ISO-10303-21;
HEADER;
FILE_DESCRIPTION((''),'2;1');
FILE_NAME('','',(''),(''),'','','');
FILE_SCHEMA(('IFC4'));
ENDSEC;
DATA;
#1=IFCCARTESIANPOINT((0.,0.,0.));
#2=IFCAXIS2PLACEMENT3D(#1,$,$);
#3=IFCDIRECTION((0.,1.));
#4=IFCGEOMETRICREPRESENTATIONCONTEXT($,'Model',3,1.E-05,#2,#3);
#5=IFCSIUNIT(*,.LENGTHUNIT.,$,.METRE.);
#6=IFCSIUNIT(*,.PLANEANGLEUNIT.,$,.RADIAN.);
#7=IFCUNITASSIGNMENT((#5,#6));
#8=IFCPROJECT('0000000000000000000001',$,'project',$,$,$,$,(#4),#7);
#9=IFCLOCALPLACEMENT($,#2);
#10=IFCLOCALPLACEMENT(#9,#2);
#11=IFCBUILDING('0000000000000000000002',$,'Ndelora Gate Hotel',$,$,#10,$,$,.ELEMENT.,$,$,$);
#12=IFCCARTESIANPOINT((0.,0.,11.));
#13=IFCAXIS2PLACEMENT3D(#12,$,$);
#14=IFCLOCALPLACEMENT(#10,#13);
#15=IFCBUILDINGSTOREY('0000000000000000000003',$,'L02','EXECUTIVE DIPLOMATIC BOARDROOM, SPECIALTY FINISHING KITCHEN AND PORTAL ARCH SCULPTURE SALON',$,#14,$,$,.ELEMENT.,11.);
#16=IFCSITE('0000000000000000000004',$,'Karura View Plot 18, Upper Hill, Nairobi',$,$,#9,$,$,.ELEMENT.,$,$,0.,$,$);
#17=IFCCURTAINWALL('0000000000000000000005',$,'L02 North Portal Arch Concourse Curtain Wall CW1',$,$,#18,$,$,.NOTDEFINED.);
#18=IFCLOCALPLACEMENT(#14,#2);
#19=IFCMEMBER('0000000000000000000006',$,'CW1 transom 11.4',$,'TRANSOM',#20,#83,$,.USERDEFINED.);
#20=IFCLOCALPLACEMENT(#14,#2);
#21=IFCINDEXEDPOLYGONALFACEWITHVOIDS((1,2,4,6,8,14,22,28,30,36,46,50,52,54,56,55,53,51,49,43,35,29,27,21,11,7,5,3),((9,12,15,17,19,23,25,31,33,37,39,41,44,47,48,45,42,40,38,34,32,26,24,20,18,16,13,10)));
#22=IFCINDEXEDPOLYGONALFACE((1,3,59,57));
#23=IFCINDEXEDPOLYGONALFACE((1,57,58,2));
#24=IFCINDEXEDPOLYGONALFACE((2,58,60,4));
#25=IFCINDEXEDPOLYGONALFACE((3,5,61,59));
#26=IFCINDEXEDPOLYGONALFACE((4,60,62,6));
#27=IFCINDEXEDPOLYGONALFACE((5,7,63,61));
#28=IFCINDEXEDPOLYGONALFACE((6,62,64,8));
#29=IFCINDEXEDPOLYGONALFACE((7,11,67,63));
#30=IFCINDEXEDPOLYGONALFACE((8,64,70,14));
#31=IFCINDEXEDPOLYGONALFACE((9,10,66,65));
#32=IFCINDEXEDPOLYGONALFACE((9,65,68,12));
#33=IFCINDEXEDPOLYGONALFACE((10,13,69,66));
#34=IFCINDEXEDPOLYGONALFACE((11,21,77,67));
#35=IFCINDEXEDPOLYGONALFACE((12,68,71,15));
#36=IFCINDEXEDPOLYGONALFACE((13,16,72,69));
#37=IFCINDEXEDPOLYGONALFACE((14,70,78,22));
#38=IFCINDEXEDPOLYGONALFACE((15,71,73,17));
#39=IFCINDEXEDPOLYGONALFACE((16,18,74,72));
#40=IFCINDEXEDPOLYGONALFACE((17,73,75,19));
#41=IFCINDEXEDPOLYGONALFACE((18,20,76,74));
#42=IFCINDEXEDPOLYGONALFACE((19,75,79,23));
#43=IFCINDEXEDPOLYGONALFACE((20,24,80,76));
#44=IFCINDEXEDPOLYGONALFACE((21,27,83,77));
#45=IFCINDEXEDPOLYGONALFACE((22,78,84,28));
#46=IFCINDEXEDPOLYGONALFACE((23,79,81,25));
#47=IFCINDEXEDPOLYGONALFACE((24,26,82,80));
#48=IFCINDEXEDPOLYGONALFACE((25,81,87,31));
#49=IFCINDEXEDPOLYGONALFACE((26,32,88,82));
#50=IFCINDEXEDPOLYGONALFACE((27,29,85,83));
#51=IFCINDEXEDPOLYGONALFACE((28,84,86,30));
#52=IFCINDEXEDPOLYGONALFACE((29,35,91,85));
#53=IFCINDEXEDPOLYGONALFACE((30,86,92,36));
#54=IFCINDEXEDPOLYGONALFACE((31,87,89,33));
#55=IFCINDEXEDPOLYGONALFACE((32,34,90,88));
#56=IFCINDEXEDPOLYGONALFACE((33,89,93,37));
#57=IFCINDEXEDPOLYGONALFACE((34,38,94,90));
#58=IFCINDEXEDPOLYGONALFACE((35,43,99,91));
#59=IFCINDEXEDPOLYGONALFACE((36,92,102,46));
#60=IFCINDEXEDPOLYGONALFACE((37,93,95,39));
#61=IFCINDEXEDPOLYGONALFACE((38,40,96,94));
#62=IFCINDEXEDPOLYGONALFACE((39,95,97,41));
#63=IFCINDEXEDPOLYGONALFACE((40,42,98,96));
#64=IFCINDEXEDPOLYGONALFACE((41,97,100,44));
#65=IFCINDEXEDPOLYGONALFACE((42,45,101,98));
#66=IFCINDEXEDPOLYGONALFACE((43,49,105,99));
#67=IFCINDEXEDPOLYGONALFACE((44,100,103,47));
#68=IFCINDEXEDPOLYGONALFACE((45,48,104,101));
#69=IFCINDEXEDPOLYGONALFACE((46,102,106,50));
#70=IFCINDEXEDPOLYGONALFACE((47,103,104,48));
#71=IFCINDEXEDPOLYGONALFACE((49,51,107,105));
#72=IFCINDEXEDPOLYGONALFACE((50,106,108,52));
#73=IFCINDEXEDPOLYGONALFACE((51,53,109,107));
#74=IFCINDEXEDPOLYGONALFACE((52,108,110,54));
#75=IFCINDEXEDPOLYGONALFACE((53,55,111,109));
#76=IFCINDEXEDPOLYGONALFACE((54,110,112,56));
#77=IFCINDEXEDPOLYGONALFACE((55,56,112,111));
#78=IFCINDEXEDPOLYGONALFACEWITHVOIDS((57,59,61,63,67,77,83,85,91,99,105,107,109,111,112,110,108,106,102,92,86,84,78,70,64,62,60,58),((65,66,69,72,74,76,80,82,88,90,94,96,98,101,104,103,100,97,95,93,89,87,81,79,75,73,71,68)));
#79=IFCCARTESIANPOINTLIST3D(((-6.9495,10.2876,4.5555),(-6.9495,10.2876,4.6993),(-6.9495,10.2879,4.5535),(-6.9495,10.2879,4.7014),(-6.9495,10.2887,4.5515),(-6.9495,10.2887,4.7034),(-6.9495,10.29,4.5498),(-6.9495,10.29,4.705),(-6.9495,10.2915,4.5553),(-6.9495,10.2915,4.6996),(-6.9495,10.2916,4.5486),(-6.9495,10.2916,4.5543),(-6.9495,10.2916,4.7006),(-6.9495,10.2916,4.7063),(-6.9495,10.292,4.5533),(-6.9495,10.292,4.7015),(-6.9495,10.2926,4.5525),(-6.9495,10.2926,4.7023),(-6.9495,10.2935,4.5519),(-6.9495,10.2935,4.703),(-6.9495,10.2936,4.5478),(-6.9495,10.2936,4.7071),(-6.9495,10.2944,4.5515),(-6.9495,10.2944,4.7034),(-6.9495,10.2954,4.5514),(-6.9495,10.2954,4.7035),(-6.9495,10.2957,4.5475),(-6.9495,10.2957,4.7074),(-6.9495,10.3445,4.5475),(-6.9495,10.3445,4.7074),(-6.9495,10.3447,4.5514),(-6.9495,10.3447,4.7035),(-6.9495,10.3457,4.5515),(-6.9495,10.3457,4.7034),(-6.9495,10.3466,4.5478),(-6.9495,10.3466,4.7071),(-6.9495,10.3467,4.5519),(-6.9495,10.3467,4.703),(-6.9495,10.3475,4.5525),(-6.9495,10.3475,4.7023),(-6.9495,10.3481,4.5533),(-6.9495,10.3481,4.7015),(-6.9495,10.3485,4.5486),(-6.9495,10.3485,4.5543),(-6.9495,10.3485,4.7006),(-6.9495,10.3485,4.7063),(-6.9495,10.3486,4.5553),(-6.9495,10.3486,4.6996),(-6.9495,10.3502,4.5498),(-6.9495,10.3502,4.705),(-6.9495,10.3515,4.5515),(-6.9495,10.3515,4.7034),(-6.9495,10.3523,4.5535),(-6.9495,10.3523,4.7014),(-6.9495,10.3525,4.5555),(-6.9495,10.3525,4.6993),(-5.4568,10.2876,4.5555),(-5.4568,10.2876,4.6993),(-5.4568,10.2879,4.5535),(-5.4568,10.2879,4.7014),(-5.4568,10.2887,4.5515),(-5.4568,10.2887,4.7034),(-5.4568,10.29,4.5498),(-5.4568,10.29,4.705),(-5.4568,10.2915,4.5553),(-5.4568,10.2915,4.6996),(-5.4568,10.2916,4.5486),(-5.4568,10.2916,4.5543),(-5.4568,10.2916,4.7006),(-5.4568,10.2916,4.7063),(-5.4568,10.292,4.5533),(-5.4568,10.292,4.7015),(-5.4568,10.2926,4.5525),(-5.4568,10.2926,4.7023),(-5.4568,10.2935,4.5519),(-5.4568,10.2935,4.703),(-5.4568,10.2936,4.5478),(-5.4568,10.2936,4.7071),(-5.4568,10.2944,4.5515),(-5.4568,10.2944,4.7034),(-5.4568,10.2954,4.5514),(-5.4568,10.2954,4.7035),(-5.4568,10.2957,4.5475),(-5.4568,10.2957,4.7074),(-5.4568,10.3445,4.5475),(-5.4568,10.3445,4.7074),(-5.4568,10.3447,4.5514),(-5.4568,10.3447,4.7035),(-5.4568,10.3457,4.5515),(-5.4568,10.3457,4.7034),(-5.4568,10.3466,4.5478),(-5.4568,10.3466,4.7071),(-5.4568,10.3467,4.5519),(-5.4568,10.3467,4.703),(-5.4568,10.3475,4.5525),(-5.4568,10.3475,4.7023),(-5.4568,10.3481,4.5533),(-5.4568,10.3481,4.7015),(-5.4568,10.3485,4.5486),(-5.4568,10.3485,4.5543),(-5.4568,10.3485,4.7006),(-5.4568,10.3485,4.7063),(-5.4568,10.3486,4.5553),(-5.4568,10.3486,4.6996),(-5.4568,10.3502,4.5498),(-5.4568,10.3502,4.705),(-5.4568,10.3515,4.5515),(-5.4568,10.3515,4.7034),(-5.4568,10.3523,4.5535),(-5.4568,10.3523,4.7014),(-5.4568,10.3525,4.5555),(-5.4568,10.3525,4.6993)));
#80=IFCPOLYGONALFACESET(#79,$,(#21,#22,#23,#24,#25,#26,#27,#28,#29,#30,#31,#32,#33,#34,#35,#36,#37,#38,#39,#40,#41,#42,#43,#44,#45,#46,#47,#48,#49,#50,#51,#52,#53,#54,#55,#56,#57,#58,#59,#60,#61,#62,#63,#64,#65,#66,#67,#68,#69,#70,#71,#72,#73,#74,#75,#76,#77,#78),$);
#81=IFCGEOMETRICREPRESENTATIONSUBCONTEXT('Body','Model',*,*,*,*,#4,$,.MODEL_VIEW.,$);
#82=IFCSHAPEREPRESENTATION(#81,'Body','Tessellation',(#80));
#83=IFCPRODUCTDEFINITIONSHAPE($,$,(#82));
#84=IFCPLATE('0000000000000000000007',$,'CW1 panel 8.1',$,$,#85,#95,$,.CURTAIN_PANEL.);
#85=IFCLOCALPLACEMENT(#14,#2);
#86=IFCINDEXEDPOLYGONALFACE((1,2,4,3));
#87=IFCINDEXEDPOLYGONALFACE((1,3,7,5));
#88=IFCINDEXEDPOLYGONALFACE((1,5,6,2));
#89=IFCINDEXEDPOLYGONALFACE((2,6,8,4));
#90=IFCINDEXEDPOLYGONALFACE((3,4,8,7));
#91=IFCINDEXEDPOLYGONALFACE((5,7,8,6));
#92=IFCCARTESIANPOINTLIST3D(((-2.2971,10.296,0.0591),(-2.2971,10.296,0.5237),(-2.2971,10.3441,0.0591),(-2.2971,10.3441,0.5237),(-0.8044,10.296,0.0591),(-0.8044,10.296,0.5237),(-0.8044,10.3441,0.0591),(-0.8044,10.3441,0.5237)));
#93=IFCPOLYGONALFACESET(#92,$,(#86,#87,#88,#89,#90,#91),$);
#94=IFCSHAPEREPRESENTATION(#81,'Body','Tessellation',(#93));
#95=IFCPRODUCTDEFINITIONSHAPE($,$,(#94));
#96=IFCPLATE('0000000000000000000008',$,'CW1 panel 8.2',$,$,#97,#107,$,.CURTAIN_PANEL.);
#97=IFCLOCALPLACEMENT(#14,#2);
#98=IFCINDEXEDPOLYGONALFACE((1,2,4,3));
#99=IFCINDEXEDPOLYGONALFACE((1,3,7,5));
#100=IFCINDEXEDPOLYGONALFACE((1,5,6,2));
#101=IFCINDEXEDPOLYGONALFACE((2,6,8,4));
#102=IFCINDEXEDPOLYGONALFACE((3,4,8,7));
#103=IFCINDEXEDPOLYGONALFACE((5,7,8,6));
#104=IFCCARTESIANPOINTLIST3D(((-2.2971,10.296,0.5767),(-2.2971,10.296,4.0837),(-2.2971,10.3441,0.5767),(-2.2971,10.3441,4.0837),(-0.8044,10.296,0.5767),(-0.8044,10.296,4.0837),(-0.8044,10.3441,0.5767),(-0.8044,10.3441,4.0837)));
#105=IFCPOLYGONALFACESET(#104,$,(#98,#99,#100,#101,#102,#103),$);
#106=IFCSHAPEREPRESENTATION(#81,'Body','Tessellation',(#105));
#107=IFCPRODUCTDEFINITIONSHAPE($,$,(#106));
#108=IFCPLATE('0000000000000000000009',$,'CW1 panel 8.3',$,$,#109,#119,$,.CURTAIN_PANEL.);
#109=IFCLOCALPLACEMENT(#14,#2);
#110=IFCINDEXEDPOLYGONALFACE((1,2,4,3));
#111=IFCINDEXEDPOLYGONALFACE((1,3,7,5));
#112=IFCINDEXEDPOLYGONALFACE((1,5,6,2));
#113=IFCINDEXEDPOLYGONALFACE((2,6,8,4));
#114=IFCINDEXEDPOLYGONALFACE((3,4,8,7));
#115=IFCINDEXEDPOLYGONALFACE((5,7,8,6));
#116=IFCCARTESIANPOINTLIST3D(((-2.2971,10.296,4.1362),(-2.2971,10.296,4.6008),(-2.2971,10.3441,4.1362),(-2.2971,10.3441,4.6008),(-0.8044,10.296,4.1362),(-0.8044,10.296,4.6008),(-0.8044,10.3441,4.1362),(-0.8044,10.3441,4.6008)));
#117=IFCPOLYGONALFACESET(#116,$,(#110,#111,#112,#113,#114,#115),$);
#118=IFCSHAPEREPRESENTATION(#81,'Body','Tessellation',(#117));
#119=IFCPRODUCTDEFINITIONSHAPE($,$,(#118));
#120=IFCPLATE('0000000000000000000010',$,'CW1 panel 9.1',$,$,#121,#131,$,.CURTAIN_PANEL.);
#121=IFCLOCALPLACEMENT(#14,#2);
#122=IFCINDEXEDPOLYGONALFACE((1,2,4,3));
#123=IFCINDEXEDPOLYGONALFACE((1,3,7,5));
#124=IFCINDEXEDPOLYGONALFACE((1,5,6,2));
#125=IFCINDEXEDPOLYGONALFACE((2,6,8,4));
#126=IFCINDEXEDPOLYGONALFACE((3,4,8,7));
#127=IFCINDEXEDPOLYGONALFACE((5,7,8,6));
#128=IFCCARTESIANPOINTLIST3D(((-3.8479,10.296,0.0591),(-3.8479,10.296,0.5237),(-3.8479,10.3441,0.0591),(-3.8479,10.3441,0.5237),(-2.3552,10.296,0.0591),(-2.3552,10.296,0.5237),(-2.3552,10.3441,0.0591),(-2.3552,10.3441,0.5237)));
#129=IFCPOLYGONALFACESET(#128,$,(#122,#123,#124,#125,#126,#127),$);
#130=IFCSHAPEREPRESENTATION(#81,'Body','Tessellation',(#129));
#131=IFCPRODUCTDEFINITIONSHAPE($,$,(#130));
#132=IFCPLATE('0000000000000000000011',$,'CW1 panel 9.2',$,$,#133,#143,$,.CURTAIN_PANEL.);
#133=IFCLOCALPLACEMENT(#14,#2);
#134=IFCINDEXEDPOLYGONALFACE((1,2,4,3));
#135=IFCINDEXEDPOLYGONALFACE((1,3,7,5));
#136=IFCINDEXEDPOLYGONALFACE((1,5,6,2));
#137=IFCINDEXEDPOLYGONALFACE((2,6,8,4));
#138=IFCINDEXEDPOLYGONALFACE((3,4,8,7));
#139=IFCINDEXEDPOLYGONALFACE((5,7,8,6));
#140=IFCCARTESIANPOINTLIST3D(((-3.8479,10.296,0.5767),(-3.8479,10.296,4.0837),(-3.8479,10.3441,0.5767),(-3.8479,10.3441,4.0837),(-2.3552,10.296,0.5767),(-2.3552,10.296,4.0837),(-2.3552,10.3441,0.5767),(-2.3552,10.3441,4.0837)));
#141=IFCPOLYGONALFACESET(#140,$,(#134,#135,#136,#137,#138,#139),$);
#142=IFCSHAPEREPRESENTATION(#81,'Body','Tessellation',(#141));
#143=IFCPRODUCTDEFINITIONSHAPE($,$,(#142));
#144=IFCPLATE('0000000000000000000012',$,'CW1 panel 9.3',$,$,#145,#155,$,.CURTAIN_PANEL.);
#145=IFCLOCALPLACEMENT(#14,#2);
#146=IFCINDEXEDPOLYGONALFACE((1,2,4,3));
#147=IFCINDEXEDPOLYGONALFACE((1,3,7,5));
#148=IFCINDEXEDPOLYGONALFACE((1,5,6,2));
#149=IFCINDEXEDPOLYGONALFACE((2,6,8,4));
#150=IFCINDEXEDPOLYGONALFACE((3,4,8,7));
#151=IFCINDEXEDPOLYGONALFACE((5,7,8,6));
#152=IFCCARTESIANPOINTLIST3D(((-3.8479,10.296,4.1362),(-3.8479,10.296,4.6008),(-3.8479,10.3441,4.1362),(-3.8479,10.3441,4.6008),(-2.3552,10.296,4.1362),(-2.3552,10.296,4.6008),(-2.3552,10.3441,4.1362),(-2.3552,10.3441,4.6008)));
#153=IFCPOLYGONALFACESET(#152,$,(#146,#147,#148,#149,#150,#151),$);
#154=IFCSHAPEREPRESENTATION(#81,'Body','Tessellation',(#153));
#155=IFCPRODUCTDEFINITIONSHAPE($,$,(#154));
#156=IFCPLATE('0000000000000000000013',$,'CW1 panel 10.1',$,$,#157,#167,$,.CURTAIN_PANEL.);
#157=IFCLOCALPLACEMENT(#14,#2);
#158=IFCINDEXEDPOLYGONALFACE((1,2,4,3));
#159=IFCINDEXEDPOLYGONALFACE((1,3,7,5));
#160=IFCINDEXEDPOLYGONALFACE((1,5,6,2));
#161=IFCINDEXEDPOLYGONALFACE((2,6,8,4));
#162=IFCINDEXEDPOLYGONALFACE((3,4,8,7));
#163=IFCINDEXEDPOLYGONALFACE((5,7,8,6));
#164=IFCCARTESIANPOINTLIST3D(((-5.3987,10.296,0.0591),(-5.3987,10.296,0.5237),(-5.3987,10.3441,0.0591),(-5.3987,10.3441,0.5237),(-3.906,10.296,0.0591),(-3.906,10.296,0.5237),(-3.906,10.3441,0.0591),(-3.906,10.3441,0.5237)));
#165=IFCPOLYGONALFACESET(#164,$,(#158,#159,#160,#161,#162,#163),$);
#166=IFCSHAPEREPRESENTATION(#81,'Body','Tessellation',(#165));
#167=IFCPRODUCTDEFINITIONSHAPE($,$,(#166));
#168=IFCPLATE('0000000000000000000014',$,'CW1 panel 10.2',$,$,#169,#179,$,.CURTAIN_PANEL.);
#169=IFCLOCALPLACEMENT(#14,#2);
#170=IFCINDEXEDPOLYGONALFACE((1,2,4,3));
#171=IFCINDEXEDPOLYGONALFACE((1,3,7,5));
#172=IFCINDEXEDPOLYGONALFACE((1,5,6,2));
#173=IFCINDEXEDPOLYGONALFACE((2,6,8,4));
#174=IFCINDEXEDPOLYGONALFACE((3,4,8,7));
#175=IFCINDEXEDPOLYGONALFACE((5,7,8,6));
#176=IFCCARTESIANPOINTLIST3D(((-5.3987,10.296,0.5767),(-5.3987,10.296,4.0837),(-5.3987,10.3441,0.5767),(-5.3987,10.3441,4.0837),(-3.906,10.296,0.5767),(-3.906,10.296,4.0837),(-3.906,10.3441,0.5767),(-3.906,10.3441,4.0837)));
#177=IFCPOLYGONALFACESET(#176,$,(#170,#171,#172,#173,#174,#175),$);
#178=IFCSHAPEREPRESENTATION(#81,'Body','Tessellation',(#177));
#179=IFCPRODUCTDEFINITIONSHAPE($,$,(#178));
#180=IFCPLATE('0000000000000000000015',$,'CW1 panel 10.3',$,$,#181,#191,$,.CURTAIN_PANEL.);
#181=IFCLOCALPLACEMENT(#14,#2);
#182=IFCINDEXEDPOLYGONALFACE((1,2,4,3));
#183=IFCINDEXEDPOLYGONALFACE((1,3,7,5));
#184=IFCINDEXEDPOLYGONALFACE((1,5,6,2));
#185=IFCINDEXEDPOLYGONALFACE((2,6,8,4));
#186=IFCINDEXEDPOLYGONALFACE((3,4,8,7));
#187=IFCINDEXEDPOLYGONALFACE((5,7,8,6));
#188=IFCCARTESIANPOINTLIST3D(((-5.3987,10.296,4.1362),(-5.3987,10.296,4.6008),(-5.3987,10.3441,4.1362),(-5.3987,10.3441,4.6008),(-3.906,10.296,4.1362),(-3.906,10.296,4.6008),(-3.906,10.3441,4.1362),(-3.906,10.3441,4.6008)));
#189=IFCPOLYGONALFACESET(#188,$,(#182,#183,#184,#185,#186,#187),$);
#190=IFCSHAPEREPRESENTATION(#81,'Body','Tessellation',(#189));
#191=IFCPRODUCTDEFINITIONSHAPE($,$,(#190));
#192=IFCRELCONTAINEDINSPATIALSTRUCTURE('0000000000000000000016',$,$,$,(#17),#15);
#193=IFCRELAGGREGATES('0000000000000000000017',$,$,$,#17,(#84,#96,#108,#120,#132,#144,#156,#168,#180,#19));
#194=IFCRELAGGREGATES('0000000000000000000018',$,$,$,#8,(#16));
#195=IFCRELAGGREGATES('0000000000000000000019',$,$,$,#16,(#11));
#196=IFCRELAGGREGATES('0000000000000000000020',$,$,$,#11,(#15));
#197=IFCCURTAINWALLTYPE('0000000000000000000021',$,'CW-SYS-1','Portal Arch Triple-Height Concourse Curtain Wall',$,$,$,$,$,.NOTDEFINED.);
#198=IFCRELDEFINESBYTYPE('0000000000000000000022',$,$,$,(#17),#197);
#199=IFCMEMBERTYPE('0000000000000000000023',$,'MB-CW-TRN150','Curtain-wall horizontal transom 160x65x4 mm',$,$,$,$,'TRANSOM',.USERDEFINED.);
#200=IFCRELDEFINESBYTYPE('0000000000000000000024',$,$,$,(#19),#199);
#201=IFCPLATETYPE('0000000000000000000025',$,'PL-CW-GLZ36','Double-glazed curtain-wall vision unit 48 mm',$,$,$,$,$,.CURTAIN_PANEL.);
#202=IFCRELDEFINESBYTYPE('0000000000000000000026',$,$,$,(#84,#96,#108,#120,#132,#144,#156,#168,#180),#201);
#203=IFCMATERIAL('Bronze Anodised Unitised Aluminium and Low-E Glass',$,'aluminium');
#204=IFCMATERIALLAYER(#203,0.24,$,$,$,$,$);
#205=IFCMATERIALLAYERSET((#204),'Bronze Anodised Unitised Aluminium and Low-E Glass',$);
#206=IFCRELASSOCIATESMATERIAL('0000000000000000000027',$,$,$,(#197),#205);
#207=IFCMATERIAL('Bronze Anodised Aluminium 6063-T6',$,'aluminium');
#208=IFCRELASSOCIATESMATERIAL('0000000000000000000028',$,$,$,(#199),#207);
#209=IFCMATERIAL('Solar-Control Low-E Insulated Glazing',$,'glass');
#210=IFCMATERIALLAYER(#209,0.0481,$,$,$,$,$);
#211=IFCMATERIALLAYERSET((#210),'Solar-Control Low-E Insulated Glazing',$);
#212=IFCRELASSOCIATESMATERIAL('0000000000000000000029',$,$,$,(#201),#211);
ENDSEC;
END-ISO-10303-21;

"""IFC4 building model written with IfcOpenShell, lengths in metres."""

from ifc_helpers import new_model, si_unit, direction, frame, origin, origin_2d, place, context, subcontext, project, spatial, rectangle, hollow_rectangle, extrude, material, layer, layer_set, material_profile, profile_set, type_object, element, aggregate, save


model = new_model("IFC4")

# Units and contexts
model_context = context("Model", 3, precision=1e-05, world=origin(), true_north=direction((0.0, 1.0)))
body_context = subcontext(model_context, "Body", "Model", "MODEL_VIEW")
ifc_project = project(units=[si_unit("LENGTHUNIT", "METRE"), si_unit("PLANEANGLEUNIT", "RADIAN")], contexts=[model_context])

# Site, building, storey
site_placement = place(None, origin())
site = spatial("IfcSite", under=ifc_project, at=site_placement, Name="Karura View Plot 18, Upper Hill, Nairobi", CompositionType="ELEMENT", RefElevation=0.0)
building_placement = place(site_placement, origin())
building = spatial("IfcBuilding", under=site, at=building_placement, Name="Ndelora Gate Hotel", CompositionType="ELEMENT")
storey_placement = place(building_placement, frame((0.0, 0.0, 11.0)))
storey = spatial("IfcBuildingStorey", under=building, at=storey_placement, Name="L02", Description="EXECUTIVE DIPLOMATIC BOARDROOM, SPECIALTY FINISHING KITCHEN AND PORTAL ARCH SCULPTURE SALON", CompositionType="ELEMENT", Elevation=11.0)

# Curtain wall, member, plates
ifc_material_1 = material(Name="Bronze Anodised Unitised Aluminium and Low-E Glass", Category="aluminium")
ifc_layer_1 = layer(ifc_material_1, 0.24)
ifc_layer_set_1 = layer_set([ifc_layer_1], Name="Bronze Anodised Unitised Aluminium and Low-E Glass")
curtain_wall_type = type_object("IfcCurtainWallType", Name="CW-SYS-1", Description="Portal Arch Triple-Height Concourse Curtain Wall", PredefinedType="NOTDEFINED", material=ifc_layer_set_1)
curtain_wall_placement = place(storey_placement, origin())
curtain_wall = element("IfcCurtainWall", 1, at=curtain_wall_placement, inside=storey, type_object=curtain_wall_type, Name="L02 North Portal Arch Concourse Curtain Wall CW1", PredefinedType="NOTDEFINED")
ifc_material_2 = material(Name="Bronze Anodised Aluminium 6063-T6", Category="aluminium")
ifc_material_profile_1 = material_profile(ifc_material_2, hollow_rectangle(XDim=0.0649, YDim=0.1599, WallThickness=0.0039, InnerFilletRadius=0.0039, OuterFilletRadius=0.0081, at=origin_2d()), Name="ALU 160x65x4")
ifc_profile_set_1 = profile_set([ifc_material_profile_1], Name="Bronze Anodised Aluminium 6063-T6")
member_type_1 = type_object("IfcMemberType", Name="MB-CW-TRN150", Description="Curtain-wall horizontal transom 160x65x4 mm", ElementType="TRANSOM", PredefinedType="USERDEFINED", material=ifc_profile_set_1)
member_1_placement = place(storey_placement, frame((-5.4568, 10.3201, 4.6274), z_axis=(-1.0, 0.0, 0.0), x_axis=(0.0, -1.0, 0.0)))
member_1 = element("IfcMember", 2, at=member_1_placement, type_object=member_type_1, Name="CW1 transom 11.4", ObjectType="TRANSOM", PredefinedType="USERDEFINED", context=body_context, shape_type="SweptSolid", body=[
    extrude(hollow_rectangle(XDim=0.0649, YDim=0.1599, WallThickness=0.0039, InnerFilletRadius=0.0039, OuterFilletRadius=0.0081, at=origin_2d()), origin(), (0.0, 0.0, 1.0), 1.4927),
])
ifc_material_3 = material(Name="Solar-Control Low-E Insulated Glazing", Category="glass")
ifc_layer_2 = layer(ifc_material_3, 0.0481)
ifc_layer_set_2 = layer_set([ifc_layer_2], Name="Solar-Control Low-E Insulated Glazing")
plate_type_1 = type_object("IfcPlateType", Name="PL-CW-GLZ36", Description="Double-glazed curtain-wall vision unit 48 mm", PredefinedType="CURTAIN_PANEL", material=ifc_layer_set_2)
plate_1_placement = place(storey_placement, frame((-1.5508, 10.3201, 0.0591), z_axis=(0.0, 0.0, 1.0), x_axis=(-1.0, 0.0, 0.0)))
plate_1 = element("IfcPlate", 3, at=plate_1_placement, type_object=plate_type_1, Name="CW1 panel 8.1", PredefinedType="CURTAIN_PANEL", context=body_context, shape_type="SweptSolid", body=[
    extrude(rectangle(XDim=1.4927, YDim=0.0481, at=origin_2d()), origin(), (0.0, 0.0, 1.0), 0.4646),
])
plate_2_placement = place(storey_placement, frame((-1.5508, 10.3201, 0.5767), z_axis=(0.0, 0.0, 1.0), x_axis=(-1.0, 0.0, 0.0)))
plate_2 = element("IfcPlate", 4, at=plate_2_placement, type_object=plate_type_1, Name="CW1 panel 8.2", PredefinedType="CURTAIN_PANEL", context=body_context, shape_type="SweptSolid", body=[
    extrude(rectangle(XDim=1.4927, YDim=0.0481, at=origin_2d()), origin(), (0.0, 0.0, 1.0), 3.5071),
])
plate_3_placement = place(storey_placement, frame((-1.5508, 10.3201, 4.1362), z_axis=(0.0, 0.0, 1.0), x_axis=(-1.0, 0.0, 0.0)))
plate_3 = element("IfcPlate", 5, at=plate_3_placement, type_object=plate_type_1, Name="CW1 panel 8.3", PredefinedType="CURTAIN_PANEL", context=body_context, shape_type="SweptSolid", body=[
    extrude(rectangle(XDim=1.4927, YDim=0.0481, at=origin_2d()), origin(), (0.0, 0.0, 1.0), 0.4646),
])
plate_4_placement = place(storey_placement, frame((-3.1016, 10.3201, 0.0591), z_axis=(0.0, 0.0, 1.0), x_axis=(-1.0, 0.0, 0.0)))
plate_4 = element("IfcPlate", 6, at=plate_4_placement, type_object=plate_type_1, Name="CW1 panel 9.1", PredefinedType="CURTAIN_PANEL", context=body_context, shape_type="SweptSolid", body=[
    extrude(rectangle(XDim=1.4927, YDim=0.0481, at=origin_2d()), origin(), (0.0, 0.0, 1.0), 0.4646),
])
plate_5_placement = place(storey_placement, frame((-3.1016, 10.3201, 0.5767), z_axis=(0.0, 0.0, 1.0), x_axis=(-1.0, 0.0, 0.0)))
plate_5 = element("IfcPlate", 7, at=plate_5_placement, type_object=plate_type_1, Name="CW1 panel 9.2", PredefinedType="CURTAIN_PANEL", context=body_context, shape_type="SweptSolid", body=[
    extrude(rectangle(XDim=1.4927, YDim=0.0481, at=origin_2d()), origin(), (0.0, 0.0, 1.0), 3.5071),
])
plate_6_placement = place(storey_placement, frame((-3.1016, 10.3201, 4.1362), z_axis=(0.0, 0.0, 1.0), x_axis=(-1.0, 0.0, 0.0)))
plate_6 = element("IfcPlate", 8, at=plate_6_placement, type_object=plate_type_1, Name="CW1 panel 9.3", PredefinedType="CURTAIN_PANEL", context=body_context, shape_type="SweptSolid", body=[
    extrude(rectangle(XDim=1.4927, YDim=0.0481, at=origin_2d()), origin(), (0.0, 0.0, 1.0), 0.4646),
])
plate_7_placement = place(storey_placement, frame((-4.6523, 10.3201, 0.0591), z_axis=(0.0, 0.0, 1.0), x_axis=(-1.0, 0.0, 0.0)))
plate_7 = element("IfcPlate", 9, at=plate_7_placement, type_object=plate_type_1, Name="CW1 panel 10.1", PredefinedType="CURTAIN_PANEL", context=body_context, shape_type="SweptSolid", body=[
    extrude(rectangle(XDim=1.4927, YDim=0.0481, at=origin_2d()), origin(), (0.0, 0.0, 1.0), 0.4646),
])
plate_8_placement = place(storey_placement, frame((-4.6523, 10.3201, 0.5767), z_axis=(0.0, 0.0, 1.0), x_axis=(-1.0, 0.0, 0.0)))
plate_8 = element("IfcPlate", 10, at=plate_8_placement, type_object=plate_type_1, Name="CW1 panel 10.2", PredefinedType="CURTAIN_PANEL", context=body_context, shape_type="SweptSolid", body=[
    extrude(rectangle(XDim=1.4927, YDim=0.0481, at=origin_2d()), origin(), (0.0, 0.0, 1.0), 3.5071),
])
plate_9_placement = place(storey_placement, frame((-4.6523, 10.3201, 4.1362), z_axis=(0.0, 0.0, 1.0), x_axis=(-1.0, 0.0, 0.0)))
plate_9 = element("IfcPlate", 11, at=plate_9_placement, type_object=plate_type_1, Name="CW1 panel 10.3", PredefinedType="CURTAIN_PANEL", context=body_context, shape_type="SweptSolid", body=[
    extrude(rectangle(XDim=1.4927, YDim=0.0481, at=origin_2d()), origin(), (0.0, 0.0, 1.0), 0.4646),
])
aggregate(curtain_wall, [plate_1, plate_2, plate_3, plate_4, plate_5, plate_6, plate_7, plate_8, plate_9, member_1])

save(model, "model.ifc")
